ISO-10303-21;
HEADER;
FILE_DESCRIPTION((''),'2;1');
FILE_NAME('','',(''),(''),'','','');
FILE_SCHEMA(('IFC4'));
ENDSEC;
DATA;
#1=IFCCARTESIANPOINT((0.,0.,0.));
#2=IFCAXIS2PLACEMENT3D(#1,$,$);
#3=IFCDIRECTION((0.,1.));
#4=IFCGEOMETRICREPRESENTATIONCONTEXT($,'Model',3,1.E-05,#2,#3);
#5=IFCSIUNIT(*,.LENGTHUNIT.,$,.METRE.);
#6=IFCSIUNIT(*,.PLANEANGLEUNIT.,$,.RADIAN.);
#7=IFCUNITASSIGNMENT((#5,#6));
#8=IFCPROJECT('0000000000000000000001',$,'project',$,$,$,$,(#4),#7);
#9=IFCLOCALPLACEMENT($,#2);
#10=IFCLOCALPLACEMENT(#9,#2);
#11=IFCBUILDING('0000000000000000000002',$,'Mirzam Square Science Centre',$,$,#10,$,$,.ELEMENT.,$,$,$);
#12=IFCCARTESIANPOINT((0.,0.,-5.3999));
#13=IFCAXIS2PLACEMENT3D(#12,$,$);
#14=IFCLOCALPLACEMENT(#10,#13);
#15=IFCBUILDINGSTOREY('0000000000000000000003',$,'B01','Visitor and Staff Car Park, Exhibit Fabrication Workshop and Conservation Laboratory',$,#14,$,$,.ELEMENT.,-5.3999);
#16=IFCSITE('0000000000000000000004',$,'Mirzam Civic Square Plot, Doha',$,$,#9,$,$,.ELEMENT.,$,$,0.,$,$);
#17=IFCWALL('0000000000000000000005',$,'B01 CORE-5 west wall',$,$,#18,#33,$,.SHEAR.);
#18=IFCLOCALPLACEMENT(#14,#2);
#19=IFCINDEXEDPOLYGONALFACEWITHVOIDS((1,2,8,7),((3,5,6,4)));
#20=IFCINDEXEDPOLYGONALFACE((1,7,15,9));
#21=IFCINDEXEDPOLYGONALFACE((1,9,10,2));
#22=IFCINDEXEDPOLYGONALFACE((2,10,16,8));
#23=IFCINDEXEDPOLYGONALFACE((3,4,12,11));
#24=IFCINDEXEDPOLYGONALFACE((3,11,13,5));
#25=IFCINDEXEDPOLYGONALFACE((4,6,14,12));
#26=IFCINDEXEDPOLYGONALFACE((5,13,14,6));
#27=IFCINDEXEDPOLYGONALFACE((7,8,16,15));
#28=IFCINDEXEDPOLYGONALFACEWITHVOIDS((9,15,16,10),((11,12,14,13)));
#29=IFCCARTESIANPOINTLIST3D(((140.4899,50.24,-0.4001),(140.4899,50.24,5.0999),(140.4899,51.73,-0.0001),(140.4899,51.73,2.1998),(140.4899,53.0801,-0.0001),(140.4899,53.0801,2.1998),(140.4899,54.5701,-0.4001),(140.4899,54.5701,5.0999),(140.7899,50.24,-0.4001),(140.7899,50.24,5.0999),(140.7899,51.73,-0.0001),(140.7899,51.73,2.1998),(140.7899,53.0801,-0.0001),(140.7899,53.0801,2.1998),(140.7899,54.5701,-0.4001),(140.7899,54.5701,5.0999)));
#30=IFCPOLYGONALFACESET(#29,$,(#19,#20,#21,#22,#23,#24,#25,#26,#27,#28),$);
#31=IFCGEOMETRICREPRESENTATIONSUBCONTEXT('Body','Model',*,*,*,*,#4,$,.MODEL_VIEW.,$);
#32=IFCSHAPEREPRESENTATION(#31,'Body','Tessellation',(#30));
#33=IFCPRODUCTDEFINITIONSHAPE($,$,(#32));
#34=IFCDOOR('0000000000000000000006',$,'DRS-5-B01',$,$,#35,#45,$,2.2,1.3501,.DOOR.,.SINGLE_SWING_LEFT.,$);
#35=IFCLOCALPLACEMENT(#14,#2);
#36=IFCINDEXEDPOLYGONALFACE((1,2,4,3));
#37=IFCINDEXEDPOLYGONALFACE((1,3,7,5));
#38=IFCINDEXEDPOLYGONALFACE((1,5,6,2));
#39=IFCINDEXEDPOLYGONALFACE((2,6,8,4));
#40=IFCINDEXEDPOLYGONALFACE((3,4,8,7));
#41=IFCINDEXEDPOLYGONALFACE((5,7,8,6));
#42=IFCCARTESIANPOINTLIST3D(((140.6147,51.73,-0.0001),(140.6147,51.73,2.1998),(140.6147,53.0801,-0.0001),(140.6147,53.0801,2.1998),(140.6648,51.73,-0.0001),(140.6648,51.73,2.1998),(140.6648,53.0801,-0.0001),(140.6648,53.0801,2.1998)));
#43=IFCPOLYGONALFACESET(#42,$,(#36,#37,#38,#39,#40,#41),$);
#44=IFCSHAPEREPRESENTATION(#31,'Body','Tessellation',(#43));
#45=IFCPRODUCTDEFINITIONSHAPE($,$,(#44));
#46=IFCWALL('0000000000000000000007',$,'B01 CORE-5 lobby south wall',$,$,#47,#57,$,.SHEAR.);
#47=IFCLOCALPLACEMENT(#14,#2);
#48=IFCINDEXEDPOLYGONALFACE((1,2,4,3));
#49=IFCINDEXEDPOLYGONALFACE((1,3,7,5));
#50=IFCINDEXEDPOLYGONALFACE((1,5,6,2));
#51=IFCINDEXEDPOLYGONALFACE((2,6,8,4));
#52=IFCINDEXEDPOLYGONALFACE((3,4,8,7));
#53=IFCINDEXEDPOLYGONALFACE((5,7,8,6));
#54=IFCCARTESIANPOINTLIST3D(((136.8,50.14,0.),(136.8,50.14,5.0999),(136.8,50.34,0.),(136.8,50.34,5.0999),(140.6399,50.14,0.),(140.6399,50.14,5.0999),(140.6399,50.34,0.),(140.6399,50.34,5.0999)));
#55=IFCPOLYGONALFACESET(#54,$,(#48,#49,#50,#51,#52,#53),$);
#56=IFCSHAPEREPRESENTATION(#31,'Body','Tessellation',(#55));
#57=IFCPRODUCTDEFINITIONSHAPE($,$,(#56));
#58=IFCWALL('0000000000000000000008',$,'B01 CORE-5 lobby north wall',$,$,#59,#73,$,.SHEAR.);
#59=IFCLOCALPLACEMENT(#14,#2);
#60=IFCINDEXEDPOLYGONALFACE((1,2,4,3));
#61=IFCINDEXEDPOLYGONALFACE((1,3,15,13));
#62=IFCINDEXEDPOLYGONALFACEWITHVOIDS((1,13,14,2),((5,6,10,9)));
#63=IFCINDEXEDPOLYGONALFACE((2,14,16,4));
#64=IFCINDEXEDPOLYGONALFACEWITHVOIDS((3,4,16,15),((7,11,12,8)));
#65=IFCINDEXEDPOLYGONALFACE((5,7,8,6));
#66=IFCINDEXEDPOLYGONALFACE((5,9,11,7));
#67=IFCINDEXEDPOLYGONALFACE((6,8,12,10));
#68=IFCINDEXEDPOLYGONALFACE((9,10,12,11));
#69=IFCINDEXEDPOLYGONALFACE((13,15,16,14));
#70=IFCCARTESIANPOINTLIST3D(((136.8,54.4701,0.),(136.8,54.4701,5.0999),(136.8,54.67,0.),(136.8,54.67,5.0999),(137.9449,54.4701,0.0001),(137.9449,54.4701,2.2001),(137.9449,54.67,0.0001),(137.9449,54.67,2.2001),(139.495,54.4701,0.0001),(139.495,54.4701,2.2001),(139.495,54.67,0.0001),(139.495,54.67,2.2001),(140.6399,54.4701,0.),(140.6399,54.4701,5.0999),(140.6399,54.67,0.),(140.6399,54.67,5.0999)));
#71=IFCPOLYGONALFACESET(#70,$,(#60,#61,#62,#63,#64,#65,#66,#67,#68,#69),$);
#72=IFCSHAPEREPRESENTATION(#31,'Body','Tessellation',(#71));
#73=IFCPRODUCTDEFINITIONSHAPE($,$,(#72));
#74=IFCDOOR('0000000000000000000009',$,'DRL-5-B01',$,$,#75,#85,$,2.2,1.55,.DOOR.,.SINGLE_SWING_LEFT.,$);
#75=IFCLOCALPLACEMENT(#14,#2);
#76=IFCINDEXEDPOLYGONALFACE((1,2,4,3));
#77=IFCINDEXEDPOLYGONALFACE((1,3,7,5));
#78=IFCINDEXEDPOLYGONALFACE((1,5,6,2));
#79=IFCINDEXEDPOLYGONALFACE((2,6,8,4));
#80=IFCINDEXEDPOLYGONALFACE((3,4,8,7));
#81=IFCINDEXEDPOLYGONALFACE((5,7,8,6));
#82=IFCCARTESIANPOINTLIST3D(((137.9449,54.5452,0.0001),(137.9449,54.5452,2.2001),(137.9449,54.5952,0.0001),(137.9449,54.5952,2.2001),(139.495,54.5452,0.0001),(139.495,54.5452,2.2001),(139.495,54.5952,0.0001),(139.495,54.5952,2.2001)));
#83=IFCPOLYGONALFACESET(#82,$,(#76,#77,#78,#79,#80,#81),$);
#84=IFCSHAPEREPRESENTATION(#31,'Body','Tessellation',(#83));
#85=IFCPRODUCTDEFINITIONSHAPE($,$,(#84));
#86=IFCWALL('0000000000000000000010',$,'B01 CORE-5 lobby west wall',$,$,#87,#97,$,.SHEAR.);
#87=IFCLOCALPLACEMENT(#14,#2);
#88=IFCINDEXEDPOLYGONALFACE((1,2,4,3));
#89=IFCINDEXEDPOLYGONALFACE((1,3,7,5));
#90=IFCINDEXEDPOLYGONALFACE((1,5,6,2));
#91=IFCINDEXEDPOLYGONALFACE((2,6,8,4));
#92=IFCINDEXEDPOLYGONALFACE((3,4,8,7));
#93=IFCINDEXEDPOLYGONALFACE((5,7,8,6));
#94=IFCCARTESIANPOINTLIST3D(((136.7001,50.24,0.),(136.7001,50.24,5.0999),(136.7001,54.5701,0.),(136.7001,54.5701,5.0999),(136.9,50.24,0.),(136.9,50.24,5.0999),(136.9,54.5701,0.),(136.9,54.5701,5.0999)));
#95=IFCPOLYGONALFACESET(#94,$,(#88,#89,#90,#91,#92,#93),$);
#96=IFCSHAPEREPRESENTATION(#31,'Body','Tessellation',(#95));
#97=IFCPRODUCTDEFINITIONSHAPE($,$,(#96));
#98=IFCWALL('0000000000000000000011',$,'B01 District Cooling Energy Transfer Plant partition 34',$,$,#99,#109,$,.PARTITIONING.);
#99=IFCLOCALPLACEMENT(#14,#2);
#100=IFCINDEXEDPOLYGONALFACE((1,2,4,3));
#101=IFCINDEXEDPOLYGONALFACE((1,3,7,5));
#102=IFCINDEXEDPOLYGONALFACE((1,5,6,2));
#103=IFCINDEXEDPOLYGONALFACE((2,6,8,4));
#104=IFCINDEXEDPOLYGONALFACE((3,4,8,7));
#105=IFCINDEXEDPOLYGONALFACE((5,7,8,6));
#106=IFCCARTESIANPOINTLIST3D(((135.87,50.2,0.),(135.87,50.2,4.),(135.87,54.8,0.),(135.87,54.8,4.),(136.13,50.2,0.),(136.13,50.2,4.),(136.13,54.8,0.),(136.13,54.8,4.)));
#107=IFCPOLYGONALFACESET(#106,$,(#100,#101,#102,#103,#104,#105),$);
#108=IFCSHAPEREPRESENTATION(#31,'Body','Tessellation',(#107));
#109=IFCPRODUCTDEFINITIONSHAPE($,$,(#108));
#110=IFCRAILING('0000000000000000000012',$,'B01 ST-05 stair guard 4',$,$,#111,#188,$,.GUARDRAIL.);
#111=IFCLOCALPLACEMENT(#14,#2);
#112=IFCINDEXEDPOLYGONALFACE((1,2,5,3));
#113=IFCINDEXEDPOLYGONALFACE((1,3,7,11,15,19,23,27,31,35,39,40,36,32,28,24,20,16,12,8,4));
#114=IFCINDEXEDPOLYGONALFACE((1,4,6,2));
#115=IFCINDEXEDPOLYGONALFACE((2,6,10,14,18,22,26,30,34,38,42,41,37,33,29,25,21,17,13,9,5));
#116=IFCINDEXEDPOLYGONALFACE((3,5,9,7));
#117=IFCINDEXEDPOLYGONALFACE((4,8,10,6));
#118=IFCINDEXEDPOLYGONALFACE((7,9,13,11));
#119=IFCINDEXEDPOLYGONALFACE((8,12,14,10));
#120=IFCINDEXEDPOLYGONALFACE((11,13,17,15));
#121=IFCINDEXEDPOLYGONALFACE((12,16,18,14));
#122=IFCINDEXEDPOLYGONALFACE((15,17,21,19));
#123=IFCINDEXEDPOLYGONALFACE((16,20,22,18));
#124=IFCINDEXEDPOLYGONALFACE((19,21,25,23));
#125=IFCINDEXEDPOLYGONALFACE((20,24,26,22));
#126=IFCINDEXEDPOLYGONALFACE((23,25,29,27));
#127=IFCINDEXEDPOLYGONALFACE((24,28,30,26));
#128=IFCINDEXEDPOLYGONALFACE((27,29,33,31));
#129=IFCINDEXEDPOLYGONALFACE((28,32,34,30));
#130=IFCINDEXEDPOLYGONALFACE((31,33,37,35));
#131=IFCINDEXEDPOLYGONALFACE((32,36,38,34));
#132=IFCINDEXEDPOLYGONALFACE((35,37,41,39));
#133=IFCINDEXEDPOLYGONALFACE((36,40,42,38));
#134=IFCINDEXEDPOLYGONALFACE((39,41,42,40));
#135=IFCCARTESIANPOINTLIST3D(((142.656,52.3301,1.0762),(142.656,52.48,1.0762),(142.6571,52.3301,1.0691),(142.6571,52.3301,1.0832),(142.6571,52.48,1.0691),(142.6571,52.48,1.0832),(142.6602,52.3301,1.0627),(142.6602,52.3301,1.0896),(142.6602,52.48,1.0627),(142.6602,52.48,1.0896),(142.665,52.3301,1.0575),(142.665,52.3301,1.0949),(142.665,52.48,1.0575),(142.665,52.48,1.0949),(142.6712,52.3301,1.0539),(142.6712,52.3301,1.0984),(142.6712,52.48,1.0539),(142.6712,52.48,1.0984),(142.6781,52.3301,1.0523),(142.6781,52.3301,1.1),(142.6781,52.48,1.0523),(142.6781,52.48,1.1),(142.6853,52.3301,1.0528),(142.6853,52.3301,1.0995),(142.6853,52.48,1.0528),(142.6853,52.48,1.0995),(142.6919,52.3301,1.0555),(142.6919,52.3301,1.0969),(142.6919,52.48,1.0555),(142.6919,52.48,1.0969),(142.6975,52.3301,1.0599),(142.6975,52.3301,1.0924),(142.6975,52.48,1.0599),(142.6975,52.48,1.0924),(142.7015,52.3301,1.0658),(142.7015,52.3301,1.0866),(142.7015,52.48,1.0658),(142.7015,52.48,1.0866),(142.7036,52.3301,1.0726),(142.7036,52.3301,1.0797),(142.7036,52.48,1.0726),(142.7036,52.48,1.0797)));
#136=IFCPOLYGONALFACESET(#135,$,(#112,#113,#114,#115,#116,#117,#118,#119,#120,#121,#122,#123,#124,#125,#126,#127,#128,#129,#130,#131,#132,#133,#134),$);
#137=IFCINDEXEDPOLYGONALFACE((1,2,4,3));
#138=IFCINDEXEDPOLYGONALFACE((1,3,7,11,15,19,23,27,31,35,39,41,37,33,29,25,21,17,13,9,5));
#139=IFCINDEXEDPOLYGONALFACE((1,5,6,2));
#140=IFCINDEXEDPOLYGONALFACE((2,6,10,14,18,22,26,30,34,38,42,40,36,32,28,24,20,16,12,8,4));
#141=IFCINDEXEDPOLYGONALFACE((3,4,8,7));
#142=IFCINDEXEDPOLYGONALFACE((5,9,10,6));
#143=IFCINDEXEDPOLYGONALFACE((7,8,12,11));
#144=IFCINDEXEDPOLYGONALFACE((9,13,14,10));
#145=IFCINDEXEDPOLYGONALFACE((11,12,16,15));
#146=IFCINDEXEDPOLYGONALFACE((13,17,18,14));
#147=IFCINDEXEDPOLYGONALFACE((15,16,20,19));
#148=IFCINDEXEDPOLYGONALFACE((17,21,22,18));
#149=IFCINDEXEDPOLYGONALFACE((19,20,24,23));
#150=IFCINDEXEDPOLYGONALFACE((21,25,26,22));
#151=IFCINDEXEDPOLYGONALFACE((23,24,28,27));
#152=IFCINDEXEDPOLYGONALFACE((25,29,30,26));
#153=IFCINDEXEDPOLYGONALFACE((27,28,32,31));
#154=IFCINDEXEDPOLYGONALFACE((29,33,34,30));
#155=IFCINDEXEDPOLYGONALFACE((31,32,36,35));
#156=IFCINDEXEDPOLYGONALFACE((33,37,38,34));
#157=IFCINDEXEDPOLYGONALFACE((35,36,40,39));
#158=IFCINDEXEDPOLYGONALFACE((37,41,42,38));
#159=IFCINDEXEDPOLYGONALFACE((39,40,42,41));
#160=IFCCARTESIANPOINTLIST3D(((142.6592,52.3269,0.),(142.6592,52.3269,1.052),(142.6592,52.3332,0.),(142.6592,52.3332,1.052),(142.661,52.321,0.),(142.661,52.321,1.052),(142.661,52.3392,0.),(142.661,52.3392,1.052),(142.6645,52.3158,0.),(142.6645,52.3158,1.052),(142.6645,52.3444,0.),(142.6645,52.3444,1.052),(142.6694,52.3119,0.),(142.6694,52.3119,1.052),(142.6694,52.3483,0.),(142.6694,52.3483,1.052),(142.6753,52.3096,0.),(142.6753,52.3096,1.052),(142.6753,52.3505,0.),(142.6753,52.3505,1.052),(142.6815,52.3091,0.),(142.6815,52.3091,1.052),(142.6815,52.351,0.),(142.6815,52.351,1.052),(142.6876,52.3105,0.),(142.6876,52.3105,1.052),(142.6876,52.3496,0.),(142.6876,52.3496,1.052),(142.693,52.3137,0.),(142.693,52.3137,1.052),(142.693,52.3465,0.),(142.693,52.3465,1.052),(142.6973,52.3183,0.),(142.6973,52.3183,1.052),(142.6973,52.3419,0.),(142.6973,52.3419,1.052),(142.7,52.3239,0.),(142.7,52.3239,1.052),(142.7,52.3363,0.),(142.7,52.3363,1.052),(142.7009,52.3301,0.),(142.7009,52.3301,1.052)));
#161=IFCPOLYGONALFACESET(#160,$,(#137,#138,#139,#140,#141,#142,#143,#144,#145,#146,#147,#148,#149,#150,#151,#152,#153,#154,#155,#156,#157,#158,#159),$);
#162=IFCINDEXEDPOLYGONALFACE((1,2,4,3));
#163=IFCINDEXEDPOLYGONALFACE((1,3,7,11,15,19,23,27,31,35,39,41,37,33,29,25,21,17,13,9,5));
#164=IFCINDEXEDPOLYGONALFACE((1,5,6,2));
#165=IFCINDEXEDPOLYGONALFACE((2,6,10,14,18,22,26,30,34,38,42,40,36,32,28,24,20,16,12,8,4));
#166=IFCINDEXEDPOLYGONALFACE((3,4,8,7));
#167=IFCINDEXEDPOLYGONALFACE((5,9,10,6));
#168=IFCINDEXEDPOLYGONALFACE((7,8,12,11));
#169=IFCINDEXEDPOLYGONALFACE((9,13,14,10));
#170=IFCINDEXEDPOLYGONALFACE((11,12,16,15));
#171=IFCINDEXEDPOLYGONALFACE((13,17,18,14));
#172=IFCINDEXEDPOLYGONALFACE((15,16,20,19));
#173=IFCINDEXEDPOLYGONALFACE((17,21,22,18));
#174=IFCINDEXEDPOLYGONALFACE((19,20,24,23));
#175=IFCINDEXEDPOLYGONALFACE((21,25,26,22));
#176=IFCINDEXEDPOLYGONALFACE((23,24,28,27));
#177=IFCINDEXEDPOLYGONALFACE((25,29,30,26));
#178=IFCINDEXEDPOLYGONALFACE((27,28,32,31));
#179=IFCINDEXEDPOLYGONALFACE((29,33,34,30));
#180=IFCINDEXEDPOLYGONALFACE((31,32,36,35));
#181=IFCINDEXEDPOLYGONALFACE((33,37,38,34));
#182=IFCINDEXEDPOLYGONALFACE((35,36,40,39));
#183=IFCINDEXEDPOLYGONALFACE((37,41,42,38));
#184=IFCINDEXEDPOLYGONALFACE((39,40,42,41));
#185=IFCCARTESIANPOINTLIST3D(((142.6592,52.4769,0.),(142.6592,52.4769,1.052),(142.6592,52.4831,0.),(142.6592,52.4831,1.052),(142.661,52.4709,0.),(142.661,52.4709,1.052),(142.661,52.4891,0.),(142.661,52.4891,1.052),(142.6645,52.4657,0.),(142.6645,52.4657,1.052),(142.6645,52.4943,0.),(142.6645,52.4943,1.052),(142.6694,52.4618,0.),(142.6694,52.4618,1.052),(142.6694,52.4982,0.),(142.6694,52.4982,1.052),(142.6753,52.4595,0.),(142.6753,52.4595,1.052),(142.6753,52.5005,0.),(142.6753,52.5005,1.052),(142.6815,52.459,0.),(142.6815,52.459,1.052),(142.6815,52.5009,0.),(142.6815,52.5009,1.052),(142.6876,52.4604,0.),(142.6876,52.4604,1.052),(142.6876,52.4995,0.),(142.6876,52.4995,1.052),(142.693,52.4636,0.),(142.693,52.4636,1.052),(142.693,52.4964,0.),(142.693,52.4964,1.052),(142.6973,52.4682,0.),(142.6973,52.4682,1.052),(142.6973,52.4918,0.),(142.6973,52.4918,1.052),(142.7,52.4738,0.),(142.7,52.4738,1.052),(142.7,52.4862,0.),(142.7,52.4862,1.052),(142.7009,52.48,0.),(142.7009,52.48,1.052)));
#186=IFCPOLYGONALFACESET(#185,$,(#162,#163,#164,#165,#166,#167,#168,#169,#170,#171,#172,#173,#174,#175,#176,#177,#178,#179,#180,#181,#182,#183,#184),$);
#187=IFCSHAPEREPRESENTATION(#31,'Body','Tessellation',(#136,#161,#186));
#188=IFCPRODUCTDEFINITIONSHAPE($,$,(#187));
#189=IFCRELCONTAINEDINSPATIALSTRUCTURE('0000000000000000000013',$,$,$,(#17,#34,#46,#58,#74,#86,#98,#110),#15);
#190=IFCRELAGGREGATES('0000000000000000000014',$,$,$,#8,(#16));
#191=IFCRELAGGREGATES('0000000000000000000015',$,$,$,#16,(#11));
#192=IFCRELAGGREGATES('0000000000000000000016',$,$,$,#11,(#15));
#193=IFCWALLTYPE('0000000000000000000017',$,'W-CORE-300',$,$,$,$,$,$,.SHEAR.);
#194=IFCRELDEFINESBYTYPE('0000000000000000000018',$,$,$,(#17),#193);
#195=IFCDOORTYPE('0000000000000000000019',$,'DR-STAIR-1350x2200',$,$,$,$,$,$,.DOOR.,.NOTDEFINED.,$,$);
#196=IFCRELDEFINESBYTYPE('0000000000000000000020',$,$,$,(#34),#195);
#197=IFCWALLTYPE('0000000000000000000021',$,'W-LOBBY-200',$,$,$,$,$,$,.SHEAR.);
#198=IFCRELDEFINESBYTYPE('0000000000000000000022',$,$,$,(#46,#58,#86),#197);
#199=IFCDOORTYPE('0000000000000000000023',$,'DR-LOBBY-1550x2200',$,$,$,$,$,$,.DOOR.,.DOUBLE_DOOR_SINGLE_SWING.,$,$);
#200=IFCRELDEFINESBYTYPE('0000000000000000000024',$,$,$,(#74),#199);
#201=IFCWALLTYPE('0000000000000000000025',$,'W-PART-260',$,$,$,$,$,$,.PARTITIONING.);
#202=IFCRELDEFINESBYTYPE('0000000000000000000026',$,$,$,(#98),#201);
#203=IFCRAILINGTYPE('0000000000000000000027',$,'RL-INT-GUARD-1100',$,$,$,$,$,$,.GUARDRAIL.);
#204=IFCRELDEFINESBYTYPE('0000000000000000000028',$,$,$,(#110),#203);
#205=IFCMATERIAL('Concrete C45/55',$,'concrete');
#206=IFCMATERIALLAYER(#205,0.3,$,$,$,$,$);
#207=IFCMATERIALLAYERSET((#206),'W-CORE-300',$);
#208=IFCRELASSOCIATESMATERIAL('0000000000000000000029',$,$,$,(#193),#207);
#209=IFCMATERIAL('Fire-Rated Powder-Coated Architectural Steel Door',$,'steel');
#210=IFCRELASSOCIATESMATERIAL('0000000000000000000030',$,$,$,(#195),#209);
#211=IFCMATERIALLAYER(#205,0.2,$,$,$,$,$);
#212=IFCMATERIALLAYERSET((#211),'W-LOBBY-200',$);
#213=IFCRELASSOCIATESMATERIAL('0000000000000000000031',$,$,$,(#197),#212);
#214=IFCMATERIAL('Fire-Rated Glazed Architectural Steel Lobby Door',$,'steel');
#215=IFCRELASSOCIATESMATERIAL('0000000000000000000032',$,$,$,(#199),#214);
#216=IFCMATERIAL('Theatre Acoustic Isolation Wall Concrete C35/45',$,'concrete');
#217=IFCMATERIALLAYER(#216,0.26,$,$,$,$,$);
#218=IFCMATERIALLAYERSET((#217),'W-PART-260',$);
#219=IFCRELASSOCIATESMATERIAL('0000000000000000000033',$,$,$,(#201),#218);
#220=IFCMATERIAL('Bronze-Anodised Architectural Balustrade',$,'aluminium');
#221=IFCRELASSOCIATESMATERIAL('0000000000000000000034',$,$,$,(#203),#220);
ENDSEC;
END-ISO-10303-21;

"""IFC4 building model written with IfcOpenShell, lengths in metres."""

from ifc_helpers import new_model, si_unit, direction, frame, frame_2d, origin, origin_2d, place, context, subcontext, project, spatial, rectangle, circle, extrude, material, layer, layer_set, type_object, element, fill, save


model = new_model("IFC4")

# Units and contexts
model_context = context("Model", 3, precision=1e-05, world=origin(), true_north=direction((0.0, 1.0)))
body_context = subcontext(model_context, "Body", "Model", "MODEL_VIEW")
ifc_project = project(units=[si_unit("LENGTHUNIT", "METRE"), si_unit("PLANEANGLEUNIT", "RADIAN")], contexts=[model_context])

# Site, building, storey
site_placement = place(None, origin())
site = spatial("IfcSite", under=ifc_project, at=site_placement, Name="Mirzam Civic Square Plot, Doha", CompositionType="ELEMENT", RefElevation=0.0)
building_placement = place(site_placement, origin())
building = spatial("IfcBuilding", under=site, at=building_placement, Name="Mirzam Square Science Centre", CompositionType="ELEMENT")
storey_placement = place(building_placement, frame((0.0, 0.0, -5.3999)))
storey = spatial("IfcBuildingStorey", under=building, at=storey_placement, Name="B01", Description="Visitor and Staff Car Park, Exhibit Fabrication Workshop and Conservation Laboratory", CompositionType="ELEMENT", Elevation=-5.3999)

# Shared definitions
ifc_material_1 = material(Name="Concrete C45/55", Category="concrete")

# Shared definitions
ifc_layer_1 = layer(ifc_material_1, 0.3)
ifc_layer_set_1 = layer_set([ifc_layer_1], Name="W-CORE-300")
wall_type_1 = type_object("IfcWallType", Name="W-CORE-300", PredefinedType="SHEAR", material=ifc_layer_set_1)

# Wall, opening, door
wall_1_placement = place(storey_placement, frame((140.6399, 54.5701, -0.4001), z_axis=(0.0, 0.0, 1.0), x_axis=(0.0, -1.0, 0.0)))
wall_1 = element("IfcWall", 1, at=wall_1_placement, inside=storey, type_object=wall_type_1, Name="B01 CORE-5 west wall", PredefinedType="SHEAR", context=body_context, shape_type="SweptSolid", body=[
    extrude(rectangle(XDim=4.3301, YDim=0.3, at=frame_2d((2.165, 0.0))), origin(), (0.0, 0.0, 1.0), 5.5),
])
opening_1_placement = place(wall_1_placement, frame((1.49, 0.0, 0.3999)))
opening_1 = element("IfcOpeningElement", 2, at=opening_1_placement, cuts=wall_1, PredefinedType="OPENING", context=body_context, shape_type="SweptSolid", body=[
    extrude(rectangle(XDim=1.3501, YDim=2.2, at=frame_2d((0.675, 1.1001))), frame((0.0, 0.1599, 0.0), z_axis=(0.0, -1.0, 0.0), x_axis=(1.0, 0.0, 0.0)), (0.0, 0.0, 1.0), 0.3201),
])
ifc_material_2 = material(Name="Fire-Rated Powder-Coated Architectural Steel Door", Category="steel")
door_type_1 = type_object("IfcDoorType", Name="DR-STAIR-1350x2200", OperationType="NOTDEFINED", PredefinedType="DOOR", material=ifc_material_2)
door_1_placement = place(opening_1_placement, origin())
door_1 = element("IfcDoor", 3, at=door_1_placement, inside=storey, type_object=door_type_1, Name="DRS-5-B01", OperationType="SINGLE_SWING_LEFT", OverallHeight=2.2, OverallWidth=1.3501, PredefinedType="DOOR", context=body_context, shape_type="SweptSolid", body=[
    extrude(rectangle(XDim=1.3501, YDim=2.2, at=frame_2d((0.675, 1.1001))), frame((0.0, 0.0249, 0.0), z_axis=(0.0, -1.0, 0.0), x_axis=(1.0, 0.0, 0.0)), (0.0, 0.0, 1.0), 0.05),
])
fill(opening_1, door_1)

# Wall
ifc_layer_2 = layer(ifc_material_1, 0.2)
ifc_layer_set_2 = layer_set([ifc_layer_2], Name="W-LOBBY-200")
wall_type_2 = type_object("IfcWallType", Name="W-LOBBY-200", PredefinedType="SHEAR", material=ifc_layer_set_2)
wall_2_placement = place(storey_placement, frame((136.8, 50.24, 0.0), z_axis=(0.0, 0.0, 1.0), x_axis=(1.0, 0.0, 0.0)))
element("IfcWall", 4, at=wall_2_placement, inside=storey, type_object=wall_type_2, Name="B01 CORE-5 lobby south wall", PredefinedType="SHEAR", context=body_context, shape_type="SweptSolid", body=[
    extrude(rectangle(XDim=3.8398, YDim=0.2, at=frame_2d((1.9199, 0.0))), origin(), (0.0, 0.0, 1.0), 5.0999),
])

# Wall, opening, door
wall_3_placement = place(storey_placement, frame((140.6399, 54.5701, 0.0), z_axis=(0.0, 0.0, 1.0), x_axis=(-1.0, 0.0, 0.0)))
wall_3 = element("IfcWall", 5, at=wall_3_placement, inside=storey, type_object=wall_type_2, Name="B01 CORE-5 lobby north wall", PredefinedType="SHEAR", context=body_context, shape_type="SweptSolid", body=[
    extrude(rectangle(XDim=3.8398, YDim=0.2, at=frame_2d((1.9199, 0.0))), origin(), (0.0, 0.0, 1.0), 5.0999),
])
opening_2_placement = place(wall_3_placement, frame((1.145, 0.0, 0.0)))
opening_2 = element("IfcOpeningElement", 6, at=opening_2_placement, cuts=wall_3, PredefinedType="OPENING", context=body_context, shape_type="SweptSolid", body=[
    extrude(rectangle(XDim=1.55, YDim=2.2, at=frame_2d((0.7749, 1.1001))), frame((0.0, 0.1099, 0.0), z_axis=(0.0, -1.0, 0.0), x_axis=(1.0, 0.0, 0.0)), (0.0, 0.0, 1.0), 0.22),
])
ifc_material_3 = material(Name="Fire-Rated Glazed Architectural Steel Lobby Door", Category="steel")
door_type_2 = type_object("IfcDoorType", Name="DR-LOBBY-1550x2200", OperationType="DOUBLE_DOOR_SINGLE_SWING", PredefinedType="DOOR", material=ifc_material_3)
door_2_placement = place(opening_2_placement, origin())
door_2 = element("IfcDoor", 7, at=door_2_placement, inside=storey, type_object=door_type_2, Name="DRL-5-B01", OperationType="SINGLE_SWING_LEFT", OverallHeight=2.2, OverallWidth=1.55, PredefinedType="DOOR", context=body_context, shape_type="SweptSolid", body=[
    extrude(rectangle(XDim=1.55, YDim=2.2, at=frame_2d((0.7749, 1.1001))), frame((0.0, 0.0249, 0.0), z_axis=(0.0, -1.0, 0.0), x_axis=(1.0, 0.0, 0.0)), (0.0, 0.0, 1.0), 0.05),
])
fill(opening_2, door_2)

# Walls
wall_4_placement = place(storey_placement, frame((136.8, 54.5701, 0.0), z_axis=(0.0, 0.0, 1.0), x_axis=(0.0, -1.0, 0.0)))
element("IfcWall", 8, at=wall_4_placement, inside=storey, type_object=wall_type_2, Name="B01 CORE-5 lobby west wall", PredefinedType="SHEAR", context=body_context, shape_type="SweptSolid", body=[
    extrude(rectangle(XDim=4.3301, YDim=0.2, at=frame_2d((2.165, 0.0))), origin(), (0.0, 0.0, 1.0), 5.0999),
])
ifc_material_4 = material(Name="Theatre Acoustic Isolation Wall Concrete C35/45", Category="concrete")
ifc_layer_3 = layer(ifc_material_4, 0.26)
ifc_layer_set_3 = layer_set([ifc_layer_3], Name="W-PART-260")
wall_type_3 = type_object("IfcWallType", Name="W-PART-260", PredefinedType="PARTITIONING", material=ifc_layer_set_3)
wall_5_placement = place(storey_placement, frame((136.0, 54.8, 0.0), z_axis=(0.0, 0.0, 1.0), x_axis=(0.0, -1.0, 0.0)))
element("IfcWall", 9, at=wall_5_placement, inside=storey, type_object=wall_type_3, Name="B01 District Cooling Energy Transfer Plant partition 34", PredefinedType="PARTITIONING", context=body_context, shape_type="SweptSolid", body=[
    extrude(rectangle(XDim=4.6001, YDim=0.26, at=frame_2d((2.3, 0.0))), origin(), (0.0, 0.0, 1.0), 4.0),
])

# Railing
ifc_material_5 = material(Name="Bronze-Anodised Architectural Balustrade", Category="aluminium")
railing_type = type_object("IfcRailingType", Name="RL-INT-GUARD-1100", PredefinedType="GUARDRAIL", material=ifc_material_5)
railing_placement = place(storey_placement, frame((142.6799, 52.3301, 0.0)))
element("IfcRailing", 10, at=railing_placement, inside=storey, type_object=railing_type, Name="B01 ST-05 stair guard 4", PredefinedType="GUARDRAIL", context=body_context, shape_type="SweptSolid", body=[
    extrude(circle(Radius=0.0239, at=origin_2d()), frame((0.0, 0.0, 1.0762), z_axis=(0.0, 1.0, 0.0), x_axis=(-1.0, 0.0, 0.0)), (0.0, 0.0, 1.0), 0.1499),
    extrude(circle(Radius=0.021, at=origin_2d()), origin(), (0.0, 0.0, 1.0), 1.052),
    extrude(circle(Radius=0.021, at=origin_2d()), frame((0.0, 0.1499, 0.0)), (0.0, 0.0, 1.0), 1.052),
])

save(model, "model.ifc")
